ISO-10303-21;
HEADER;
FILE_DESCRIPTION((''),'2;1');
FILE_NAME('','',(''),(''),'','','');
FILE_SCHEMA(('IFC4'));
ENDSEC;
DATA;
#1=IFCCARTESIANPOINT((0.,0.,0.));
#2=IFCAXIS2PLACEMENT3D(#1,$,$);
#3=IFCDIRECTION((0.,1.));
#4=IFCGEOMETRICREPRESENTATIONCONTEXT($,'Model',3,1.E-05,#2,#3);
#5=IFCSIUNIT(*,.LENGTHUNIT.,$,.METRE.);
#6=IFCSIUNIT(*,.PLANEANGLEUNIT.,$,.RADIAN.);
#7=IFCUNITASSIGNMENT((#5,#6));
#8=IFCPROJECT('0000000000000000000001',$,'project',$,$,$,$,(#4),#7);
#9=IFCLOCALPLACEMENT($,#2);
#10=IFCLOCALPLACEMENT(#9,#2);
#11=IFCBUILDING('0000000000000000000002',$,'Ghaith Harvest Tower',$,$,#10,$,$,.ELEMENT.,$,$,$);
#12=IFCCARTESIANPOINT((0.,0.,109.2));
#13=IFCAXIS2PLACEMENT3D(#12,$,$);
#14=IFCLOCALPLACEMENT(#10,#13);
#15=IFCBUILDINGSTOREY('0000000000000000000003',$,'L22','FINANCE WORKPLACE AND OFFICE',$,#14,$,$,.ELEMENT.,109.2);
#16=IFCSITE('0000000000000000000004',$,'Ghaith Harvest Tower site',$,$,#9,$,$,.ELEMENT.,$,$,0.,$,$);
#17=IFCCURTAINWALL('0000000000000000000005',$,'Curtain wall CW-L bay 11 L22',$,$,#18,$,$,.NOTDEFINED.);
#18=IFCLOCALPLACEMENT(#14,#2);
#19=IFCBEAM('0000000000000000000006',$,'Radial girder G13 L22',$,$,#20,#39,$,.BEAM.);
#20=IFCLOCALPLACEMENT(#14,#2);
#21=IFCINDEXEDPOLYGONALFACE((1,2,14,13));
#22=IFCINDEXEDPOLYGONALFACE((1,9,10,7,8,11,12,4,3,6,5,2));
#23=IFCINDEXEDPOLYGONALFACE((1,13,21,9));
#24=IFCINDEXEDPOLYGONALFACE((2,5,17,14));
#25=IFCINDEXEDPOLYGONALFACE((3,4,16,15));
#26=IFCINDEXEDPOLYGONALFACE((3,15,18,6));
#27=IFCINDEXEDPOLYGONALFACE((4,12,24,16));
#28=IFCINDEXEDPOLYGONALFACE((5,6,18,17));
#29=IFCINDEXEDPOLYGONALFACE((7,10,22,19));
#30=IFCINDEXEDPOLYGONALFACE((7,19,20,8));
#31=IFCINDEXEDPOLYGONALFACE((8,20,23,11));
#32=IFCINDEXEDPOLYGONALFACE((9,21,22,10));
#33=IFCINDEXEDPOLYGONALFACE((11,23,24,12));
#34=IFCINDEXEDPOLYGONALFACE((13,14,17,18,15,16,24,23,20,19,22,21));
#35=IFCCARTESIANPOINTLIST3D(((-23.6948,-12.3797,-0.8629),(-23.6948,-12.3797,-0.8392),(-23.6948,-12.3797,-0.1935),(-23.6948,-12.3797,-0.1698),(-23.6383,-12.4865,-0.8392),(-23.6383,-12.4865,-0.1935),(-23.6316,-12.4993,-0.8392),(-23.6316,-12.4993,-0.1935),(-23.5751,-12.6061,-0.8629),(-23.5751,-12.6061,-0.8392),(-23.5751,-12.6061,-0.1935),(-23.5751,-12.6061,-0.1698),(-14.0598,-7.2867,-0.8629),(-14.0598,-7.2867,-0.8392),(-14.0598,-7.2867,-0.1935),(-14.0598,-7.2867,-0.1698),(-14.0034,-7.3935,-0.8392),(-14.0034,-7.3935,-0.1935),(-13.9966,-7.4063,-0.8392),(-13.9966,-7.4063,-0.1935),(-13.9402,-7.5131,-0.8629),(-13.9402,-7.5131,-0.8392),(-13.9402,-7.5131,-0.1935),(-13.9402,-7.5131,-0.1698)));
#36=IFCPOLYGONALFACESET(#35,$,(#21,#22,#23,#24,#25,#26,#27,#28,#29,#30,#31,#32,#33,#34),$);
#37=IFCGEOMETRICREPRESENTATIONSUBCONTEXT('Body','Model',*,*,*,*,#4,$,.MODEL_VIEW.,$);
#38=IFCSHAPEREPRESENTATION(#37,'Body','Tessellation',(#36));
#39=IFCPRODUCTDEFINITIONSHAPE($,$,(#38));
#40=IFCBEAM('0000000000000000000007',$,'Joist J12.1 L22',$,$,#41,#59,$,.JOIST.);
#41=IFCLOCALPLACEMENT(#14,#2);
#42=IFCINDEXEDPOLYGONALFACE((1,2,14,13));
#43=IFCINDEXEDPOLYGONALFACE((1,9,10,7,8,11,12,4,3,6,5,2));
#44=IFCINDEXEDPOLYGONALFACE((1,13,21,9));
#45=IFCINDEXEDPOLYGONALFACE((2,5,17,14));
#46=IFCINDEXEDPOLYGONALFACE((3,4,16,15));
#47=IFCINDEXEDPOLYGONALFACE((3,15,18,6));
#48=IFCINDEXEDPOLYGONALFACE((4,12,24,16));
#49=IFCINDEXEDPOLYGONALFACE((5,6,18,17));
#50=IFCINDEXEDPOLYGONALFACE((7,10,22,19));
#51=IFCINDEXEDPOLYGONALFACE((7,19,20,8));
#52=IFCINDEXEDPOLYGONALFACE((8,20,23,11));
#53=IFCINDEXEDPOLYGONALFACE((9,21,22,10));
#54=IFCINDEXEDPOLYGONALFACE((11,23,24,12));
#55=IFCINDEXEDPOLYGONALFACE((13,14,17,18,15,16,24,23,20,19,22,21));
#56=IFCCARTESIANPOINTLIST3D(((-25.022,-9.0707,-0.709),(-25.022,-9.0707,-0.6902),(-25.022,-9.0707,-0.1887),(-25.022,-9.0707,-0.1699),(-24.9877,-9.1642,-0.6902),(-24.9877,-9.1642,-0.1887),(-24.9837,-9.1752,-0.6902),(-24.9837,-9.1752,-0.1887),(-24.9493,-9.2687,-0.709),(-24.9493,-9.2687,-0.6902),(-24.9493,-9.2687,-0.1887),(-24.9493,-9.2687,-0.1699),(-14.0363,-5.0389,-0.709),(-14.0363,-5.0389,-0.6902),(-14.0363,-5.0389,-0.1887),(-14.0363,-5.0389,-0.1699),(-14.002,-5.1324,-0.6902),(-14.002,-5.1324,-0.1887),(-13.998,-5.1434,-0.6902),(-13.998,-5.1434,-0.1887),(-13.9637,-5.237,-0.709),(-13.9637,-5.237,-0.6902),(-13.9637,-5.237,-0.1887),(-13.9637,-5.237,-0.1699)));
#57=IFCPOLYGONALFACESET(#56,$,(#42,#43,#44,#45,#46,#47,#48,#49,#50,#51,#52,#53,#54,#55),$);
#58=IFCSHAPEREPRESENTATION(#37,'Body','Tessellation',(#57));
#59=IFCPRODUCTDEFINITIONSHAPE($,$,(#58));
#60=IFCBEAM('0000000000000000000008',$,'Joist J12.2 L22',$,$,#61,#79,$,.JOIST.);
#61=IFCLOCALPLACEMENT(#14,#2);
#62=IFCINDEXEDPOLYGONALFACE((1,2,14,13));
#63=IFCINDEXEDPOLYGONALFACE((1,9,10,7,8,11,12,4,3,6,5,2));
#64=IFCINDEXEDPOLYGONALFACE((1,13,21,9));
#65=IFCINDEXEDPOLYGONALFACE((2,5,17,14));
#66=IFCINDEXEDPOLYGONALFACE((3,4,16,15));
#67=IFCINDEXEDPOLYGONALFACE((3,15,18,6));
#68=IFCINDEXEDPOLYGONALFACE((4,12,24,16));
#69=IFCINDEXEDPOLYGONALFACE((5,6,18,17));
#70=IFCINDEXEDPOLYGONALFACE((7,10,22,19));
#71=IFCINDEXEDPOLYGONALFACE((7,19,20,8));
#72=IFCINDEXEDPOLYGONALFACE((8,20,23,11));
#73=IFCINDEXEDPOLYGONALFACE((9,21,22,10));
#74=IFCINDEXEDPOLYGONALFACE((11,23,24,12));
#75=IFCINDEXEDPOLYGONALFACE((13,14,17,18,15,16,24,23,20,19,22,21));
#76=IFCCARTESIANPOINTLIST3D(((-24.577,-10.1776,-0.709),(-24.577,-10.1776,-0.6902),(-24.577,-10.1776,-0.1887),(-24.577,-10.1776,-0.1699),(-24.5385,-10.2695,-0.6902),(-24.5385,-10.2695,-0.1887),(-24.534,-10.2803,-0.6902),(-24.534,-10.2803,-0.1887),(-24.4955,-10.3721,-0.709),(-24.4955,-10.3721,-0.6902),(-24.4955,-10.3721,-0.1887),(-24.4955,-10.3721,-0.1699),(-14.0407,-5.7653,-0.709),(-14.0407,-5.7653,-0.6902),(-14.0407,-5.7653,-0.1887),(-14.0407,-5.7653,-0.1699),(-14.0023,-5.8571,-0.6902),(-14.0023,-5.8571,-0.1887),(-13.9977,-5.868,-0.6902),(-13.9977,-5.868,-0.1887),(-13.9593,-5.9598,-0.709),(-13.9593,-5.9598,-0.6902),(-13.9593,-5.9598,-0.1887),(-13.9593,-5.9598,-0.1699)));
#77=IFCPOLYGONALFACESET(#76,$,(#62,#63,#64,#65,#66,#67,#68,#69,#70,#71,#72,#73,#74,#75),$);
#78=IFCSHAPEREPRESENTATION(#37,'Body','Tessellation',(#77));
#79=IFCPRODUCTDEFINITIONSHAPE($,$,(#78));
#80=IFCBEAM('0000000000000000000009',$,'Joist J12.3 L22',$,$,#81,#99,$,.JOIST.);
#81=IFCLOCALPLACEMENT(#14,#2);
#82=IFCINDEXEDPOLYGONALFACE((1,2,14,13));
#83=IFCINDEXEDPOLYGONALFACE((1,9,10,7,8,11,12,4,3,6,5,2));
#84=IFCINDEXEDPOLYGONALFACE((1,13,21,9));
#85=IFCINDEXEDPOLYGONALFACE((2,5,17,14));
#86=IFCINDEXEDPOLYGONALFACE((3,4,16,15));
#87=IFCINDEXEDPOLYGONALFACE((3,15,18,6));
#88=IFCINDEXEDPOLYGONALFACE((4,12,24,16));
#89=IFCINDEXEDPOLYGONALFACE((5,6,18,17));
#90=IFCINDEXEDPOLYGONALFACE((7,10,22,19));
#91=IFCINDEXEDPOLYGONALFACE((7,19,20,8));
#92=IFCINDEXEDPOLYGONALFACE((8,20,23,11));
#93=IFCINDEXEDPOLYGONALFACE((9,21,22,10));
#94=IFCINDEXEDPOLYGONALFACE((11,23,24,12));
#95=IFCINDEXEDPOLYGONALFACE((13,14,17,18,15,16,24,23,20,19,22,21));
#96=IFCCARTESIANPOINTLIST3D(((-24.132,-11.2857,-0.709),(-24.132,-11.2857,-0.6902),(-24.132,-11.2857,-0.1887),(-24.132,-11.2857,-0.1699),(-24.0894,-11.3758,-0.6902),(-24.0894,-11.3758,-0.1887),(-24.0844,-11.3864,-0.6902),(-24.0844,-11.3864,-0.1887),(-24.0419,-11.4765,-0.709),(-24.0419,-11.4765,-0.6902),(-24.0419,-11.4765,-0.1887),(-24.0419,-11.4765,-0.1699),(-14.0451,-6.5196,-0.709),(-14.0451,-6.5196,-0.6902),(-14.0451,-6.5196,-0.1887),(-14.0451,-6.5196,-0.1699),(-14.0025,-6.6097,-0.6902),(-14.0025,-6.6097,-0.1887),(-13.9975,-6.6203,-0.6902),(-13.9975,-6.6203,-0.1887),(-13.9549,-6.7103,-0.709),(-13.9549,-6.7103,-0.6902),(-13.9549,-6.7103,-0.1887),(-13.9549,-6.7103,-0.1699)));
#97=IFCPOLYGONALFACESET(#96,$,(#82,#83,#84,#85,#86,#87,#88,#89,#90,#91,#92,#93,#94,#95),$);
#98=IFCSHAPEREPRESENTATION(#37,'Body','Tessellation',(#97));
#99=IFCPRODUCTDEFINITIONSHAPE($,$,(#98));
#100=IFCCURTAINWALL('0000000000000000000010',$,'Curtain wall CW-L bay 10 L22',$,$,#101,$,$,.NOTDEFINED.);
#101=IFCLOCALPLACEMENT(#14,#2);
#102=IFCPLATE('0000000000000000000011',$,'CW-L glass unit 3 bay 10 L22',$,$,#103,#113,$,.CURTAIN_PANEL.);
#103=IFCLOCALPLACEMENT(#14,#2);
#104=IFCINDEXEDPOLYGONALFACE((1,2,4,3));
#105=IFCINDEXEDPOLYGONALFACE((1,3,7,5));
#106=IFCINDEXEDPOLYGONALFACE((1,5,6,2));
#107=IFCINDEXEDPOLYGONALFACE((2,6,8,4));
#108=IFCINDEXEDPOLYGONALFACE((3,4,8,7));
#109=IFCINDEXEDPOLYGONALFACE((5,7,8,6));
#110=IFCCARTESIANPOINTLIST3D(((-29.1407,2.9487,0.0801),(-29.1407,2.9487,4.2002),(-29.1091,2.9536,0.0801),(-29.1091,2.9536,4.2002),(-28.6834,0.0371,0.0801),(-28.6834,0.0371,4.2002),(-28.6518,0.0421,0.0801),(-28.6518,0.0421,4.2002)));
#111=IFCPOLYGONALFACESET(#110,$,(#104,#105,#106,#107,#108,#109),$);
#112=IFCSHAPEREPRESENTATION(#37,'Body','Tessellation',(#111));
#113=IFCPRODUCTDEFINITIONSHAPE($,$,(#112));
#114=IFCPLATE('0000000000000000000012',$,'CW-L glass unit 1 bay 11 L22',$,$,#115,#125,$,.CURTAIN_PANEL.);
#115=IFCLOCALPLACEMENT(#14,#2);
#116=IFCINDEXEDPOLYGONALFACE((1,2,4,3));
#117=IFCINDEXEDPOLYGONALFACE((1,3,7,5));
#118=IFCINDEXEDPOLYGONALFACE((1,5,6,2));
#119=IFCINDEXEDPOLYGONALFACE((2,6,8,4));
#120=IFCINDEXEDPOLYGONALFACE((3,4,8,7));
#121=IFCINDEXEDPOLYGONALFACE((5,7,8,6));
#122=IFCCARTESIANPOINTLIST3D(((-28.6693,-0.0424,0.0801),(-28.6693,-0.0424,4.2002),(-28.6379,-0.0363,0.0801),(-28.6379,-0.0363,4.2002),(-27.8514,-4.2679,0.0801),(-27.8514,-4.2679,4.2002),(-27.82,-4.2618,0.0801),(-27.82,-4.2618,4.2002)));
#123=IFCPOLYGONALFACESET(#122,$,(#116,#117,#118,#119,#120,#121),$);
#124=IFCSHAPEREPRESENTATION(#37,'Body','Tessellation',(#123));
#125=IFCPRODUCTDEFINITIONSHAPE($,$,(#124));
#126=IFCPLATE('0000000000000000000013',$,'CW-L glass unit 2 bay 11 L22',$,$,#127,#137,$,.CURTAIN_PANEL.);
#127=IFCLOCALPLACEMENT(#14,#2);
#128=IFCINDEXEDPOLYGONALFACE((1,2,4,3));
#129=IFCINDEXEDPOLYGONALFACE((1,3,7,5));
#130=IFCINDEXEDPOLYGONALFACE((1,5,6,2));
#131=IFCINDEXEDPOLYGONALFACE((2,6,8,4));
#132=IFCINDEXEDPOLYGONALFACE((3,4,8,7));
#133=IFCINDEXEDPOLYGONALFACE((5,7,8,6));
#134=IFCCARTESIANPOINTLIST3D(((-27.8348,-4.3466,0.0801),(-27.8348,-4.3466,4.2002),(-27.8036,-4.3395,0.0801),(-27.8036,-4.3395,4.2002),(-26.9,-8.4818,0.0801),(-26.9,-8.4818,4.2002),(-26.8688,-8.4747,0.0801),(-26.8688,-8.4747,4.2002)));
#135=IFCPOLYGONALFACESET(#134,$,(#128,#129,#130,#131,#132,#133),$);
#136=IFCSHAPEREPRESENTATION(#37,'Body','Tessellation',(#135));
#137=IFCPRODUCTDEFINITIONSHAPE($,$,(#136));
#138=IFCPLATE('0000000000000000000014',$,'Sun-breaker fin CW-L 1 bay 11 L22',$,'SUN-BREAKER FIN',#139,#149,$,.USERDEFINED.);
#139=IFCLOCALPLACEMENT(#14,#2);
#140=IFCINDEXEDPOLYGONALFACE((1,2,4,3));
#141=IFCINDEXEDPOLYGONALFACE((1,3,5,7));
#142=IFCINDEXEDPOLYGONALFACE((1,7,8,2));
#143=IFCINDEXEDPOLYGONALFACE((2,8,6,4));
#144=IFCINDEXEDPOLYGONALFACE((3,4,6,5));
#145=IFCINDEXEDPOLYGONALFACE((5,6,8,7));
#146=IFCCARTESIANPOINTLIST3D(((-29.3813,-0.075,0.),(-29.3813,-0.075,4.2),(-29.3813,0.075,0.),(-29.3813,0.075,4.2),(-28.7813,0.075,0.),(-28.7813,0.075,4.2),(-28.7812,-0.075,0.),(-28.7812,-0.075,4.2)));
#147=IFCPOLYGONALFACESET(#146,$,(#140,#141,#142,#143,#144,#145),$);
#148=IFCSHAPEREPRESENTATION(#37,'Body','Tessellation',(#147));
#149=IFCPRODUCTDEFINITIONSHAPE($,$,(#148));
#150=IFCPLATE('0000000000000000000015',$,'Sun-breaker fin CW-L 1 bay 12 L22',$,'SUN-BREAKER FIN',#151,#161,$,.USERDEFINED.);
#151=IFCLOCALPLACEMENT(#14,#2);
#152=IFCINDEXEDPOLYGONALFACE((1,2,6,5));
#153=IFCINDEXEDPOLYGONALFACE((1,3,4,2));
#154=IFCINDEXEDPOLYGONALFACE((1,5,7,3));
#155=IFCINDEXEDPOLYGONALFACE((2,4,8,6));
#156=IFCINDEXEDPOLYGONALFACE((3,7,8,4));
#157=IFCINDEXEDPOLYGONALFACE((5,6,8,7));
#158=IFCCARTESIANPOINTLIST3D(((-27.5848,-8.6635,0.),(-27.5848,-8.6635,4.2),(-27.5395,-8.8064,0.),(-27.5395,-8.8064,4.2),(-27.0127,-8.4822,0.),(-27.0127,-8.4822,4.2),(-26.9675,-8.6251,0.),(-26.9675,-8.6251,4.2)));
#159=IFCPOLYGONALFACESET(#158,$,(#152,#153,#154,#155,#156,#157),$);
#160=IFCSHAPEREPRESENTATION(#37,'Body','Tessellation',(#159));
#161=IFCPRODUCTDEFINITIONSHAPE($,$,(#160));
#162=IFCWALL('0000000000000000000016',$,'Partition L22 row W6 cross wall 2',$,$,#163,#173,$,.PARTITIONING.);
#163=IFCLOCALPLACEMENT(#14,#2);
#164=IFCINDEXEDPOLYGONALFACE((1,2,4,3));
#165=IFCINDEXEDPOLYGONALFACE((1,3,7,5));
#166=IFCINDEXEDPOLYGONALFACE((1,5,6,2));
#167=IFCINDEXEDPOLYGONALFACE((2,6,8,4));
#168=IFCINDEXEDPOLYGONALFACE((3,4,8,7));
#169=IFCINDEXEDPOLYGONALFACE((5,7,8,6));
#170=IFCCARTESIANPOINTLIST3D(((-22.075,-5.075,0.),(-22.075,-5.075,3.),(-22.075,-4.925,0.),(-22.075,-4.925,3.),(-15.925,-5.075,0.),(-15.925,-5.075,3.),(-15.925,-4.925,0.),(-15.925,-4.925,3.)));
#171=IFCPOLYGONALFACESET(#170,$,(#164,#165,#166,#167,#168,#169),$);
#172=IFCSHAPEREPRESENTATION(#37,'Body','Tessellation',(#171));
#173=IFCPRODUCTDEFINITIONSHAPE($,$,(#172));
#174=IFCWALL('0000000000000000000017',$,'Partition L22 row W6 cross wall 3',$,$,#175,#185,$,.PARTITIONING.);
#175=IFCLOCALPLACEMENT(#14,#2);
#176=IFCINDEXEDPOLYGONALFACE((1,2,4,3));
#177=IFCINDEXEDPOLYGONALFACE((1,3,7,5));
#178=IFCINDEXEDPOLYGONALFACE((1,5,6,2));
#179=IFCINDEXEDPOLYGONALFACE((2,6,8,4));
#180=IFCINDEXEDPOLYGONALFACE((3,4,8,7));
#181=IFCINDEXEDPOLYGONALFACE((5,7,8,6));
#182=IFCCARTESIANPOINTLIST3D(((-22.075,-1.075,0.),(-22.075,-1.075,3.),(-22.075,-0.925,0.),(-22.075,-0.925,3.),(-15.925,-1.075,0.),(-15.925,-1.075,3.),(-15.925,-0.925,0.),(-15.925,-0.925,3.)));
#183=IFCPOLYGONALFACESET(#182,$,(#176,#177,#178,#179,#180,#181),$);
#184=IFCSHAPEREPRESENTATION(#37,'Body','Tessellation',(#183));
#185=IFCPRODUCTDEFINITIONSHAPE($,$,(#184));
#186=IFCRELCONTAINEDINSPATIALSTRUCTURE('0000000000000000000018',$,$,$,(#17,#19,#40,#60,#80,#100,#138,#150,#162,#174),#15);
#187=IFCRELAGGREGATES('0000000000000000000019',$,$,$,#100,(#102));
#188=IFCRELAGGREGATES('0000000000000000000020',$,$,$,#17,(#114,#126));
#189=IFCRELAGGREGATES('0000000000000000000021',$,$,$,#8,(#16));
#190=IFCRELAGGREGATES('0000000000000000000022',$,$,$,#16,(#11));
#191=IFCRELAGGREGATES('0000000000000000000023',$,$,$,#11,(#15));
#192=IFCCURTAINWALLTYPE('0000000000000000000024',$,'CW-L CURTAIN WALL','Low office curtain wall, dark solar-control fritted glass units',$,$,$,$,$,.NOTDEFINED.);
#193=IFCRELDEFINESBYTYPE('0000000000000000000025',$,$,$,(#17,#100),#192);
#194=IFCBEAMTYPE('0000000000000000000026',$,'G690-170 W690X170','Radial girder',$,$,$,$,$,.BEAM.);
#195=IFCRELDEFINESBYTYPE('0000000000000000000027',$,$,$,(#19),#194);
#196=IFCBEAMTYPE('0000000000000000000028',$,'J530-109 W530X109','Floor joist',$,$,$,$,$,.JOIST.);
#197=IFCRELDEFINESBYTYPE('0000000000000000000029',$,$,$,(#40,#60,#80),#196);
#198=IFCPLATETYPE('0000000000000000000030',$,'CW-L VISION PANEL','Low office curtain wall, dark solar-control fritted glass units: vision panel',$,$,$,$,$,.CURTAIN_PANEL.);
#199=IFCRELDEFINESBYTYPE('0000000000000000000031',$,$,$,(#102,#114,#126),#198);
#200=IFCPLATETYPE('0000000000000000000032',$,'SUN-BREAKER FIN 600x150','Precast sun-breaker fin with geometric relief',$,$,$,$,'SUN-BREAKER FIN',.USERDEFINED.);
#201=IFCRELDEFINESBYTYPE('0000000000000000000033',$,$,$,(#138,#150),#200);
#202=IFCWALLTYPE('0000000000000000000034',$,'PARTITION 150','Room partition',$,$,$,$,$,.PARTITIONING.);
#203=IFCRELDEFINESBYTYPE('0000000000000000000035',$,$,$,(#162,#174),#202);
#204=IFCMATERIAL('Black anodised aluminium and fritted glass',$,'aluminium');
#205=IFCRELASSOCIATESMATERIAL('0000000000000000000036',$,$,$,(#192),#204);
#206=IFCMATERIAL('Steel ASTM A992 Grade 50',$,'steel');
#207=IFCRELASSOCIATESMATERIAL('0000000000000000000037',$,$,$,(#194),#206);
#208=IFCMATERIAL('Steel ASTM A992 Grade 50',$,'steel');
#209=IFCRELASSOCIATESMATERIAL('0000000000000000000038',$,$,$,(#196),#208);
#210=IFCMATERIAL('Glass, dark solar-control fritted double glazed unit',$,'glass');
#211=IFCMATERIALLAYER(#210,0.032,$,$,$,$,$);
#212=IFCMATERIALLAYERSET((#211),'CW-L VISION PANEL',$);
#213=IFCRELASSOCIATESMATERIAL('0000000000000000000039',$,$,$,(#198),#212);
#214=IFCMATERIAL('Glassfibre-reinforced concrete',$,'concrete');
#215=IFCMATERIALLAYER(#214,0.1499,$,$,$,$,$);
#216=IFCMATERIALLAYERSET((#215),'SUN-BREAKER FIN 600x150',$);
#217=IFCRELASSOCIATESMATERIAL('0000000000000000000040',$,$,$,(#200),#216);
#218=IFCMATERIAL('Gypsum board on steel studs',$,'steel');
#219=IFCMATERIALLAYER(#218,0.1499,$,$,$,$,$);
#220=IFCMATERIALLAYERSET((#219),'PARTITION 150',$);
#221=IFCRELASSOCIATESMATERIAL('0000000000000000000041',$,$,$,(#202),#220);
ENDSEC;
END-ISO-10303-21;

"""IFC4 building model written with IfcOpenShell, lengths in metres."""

from ifc_helpers import new_model, si_unit, direction, frame, frame_2d, origin, origin_2d, place, context, subcontext, project, spatial, rectangle, i_section, extrude, material, layer, layer_set, material_profile, profile_set, type_object, element, aggregate, save


model = new_model("IFC4")

# Units and contexts
model_context = context("Model", 3, precision=1e-05, world=origin(), true_north=direction((0.0, 1.0)))
body_context = subcontext(model_context, "Body", "Model", "MODEL_VIEW")
ifc_project = project(units=[si_unit("LENGTHUNIT", "METRE"), si_unit("PLANEANGLEUNIT", "RADIAN")], contexts=[model_context])

# Site, building, storey
site_placement = place(None, origin())
site = spatial("IfcSite", under=ifc_project, at=site_placement, Name="Ghaith Harvest Tower site", CompositionType="ELEMENT", RefElevation=0.0)
building_placement = place(site_placement, origin())
building = spatial("IfcBuilding", under=site, at=building_placement, Name="Ghaith Harvest Tower", CompositionType="ELEMENT")
storey_placement = place(building_placement, frame((0.0, 0.0, 109.2)))
storey = spatial("IfcBuildingStorey", under=building, at=storey_placement, Name="L22", Description="FINANCE WORKPLACE AND OFFICE", CompositionType="ELEMENT", Elevation=109.2)

# Curtain wall
ifc_material_1 = material(Name="Black anodised aluminium and fritted glass", Category="aluminium")
curtain_wall_type = type_object("IfcCurtainWallType", Name="CW-L CURTAIN WALL", Description="Low office curtain wall, dark solar-control fritted glass units", PredefinedType="NOTDEFINED", material=ifc_material_1)
curtain_wall_1_placement = place(storey_placement, origin())
curtain_wall_1 = element("IfcCurtainWall", 1, at=curtain_wall_1_placement, inside=storey, type_object=curtain_wall_type, Name="Curtain wall CW-L bay 11 L22", PredefinedType="NOTDEFINED")

# Beams
ifc_material_2 = material(Name="Steel ASTM A992 Grade 50", Category="steel")
ifc_material_profile_1 = material_profile(ifc_material_2, i_section(OverallWidth=0.2561, OverallDepth=0.6931, WebThickness=0.0144, FlangeThickness=0.0237, at=origin_2d()), Name="W690X170")
ifc_profile_set_1 = profile_set([ifc_material_profile_1], Name="Steel ASTM A992 Grade 50")
beam_type_1 = type_object("IfcBeamType", Name="G690-170 W690X170", Description="Radial girder", PredefinedType="BEAM", material=ifc_profile_set_1)
beam_1_placement = place(storey_placement, frame((-14.0, -7.3999, -0.5164), z_axis=(-0.884086, -0.467324, 0.0), x_axis=(0.467324, -0.884086, 0.0)))
element("IfcBeam", 2, at=beam_1_placement, inside=storey, type_object=beam_type_1, Name="Radial girder G13 L22", PredefinedType="BEAM", context=body_context, shape_type="SweptSolid", body=[
    extrude(i_section(OverallWidth=0.2561, OverallDepth=0.6931, WebThickness=0.0144, FlangeThickness=0.0237, at=origin_2d()), origin(), (0.0, 0.0, 1.0), 10.8982),
])
ifc_material_3 = material(Name="Steel ASTM A992 Grade 50", Category="steel")
ifc_material_profile_2 = material_profile(ifc_material_3, i_section(OverallWidth=0.2109, OverallDepth=0.5391, WebThickness=0.0117, FlangeThickness=0.0188, at=origin_2d()), Name="W530X109")
ifc_profile_set_2 = profile_set([ifc_material_profile_2], Name="Steel ASTM A992 Grade 50")
beam_type_2 = type_object("IfcBeamType", Name="J530-109 W530X109", Description="Floor joist", PredefinedType="JOIST", material=ifc_profile_set_2)
beam_2_placement = place(storey_placement, frame((-14.0, -5.1379, -0.4395), z_axis=(-0.938774, -0.344532, 0.0), x_axis=(0.344532, -0.938774, 0.0)))
element("IfcBeam", 3, at=beam_2_placement, inside=storey, type_object=beam_type_2, Name="Joist J12.1 L22", PredefinedType="JOIST", context=body_context, shape_type="SweptSolid", body=[
    extrude(i_section(OverallWidth=0.2109, OverallDepth=0.5391, WebThickness=0.0117, FlangeThickness=0.0188, at=origin_2d()), origin(), (0.0, 0.0, 1.0), 11.7021),
])
beam_3_placement = place(storey_placement, frame((-14.0, -5.8625, -0.4395), z_axis=(-0.922386, -0.38627, 0.0), x_axis=(0.38627, -0.922386, 0.0)))
element("IfcBeam", 4, at=beam_3_placement, inside=storey, type_object=beam_type_2, Name="Joist J12.2 L22", PredefinedType="JOIST", context=body_context, shape_type="SweptSolid", body=[
    extrude(i_section(OverallWidth=0.2109, OverallDepth=0.5391, WebThickness=0.0117, FlangeThickness=0.0188, at=origin_2d()), origin(), (0.0, 0.0, 1.0), 11.4229),
])
beam_4_placement = place(storey_placement, frame((-14.0, -6.615, -0.4395), z_axis=(-0.90415, -0.427215, 0.0), x_axis=(0.427215, -0.90415, 0.0)))
element("IfcBeam", 5, at=beam_4_placement, inside=storey, type_object=beam_type_2, Name="Joist J12.3 L22", PredefinedType="JOIST", context=body_context, shape_type="SweptSolid", body=[
    extrude(i_section(OverallWidth=0.2109, OverallDepth=0.5391, WebThickness=0.0117, FlangeThickness=0.0188, at=origin_2d()), origin(), (0.0, 0.0, 1.0), 11.1562),
])

# Curtain wall, plate
curtain_wall_2_placement = place(storey_placement, origin())
curtain_wall_2 = element("IfcCurtainWall", 6, at=curtain_wall_2_placement, inside=storey, type_object=curtain_wall_type, Name="Curtain wall CW-L bay 10 L22", PredefinedType="NOTDEFINED")
ifc_material_4 = material(Name="Glass, dark solar-control fritted double glazed unit", Category="glass")
ifc_layer_1 = layer(ifc_material_4, 0.032)
ifc_layer_set_1 = layer_set([ifc_layer_1], Name="CW-L VISION PANEL")
plate_type_1 = type_object("IfcPlateType", Name="CW-L VISION PANEL", Description="Low office curtain wall, dark solar-control fritted glass units: vision panel", PredefinedType="CURTAIN_PANEL", material=ifc_layer_set_1)
plate_1_placement = place(storey_placement, frame((-28.8962, 1.4954, 0.0801), z_axis=(0.0, 0.0, 1.0), x_axis=(0.155172, -0.987887, 0.0)))
plate_1 = element("IfcPlate", 7, at=plate_1_placement, type_object=plate_type_1, Name="CW-L glass unit 3 bay 10 L22", PredefinedType="CURTAIN_PANEL", context=body_context, shape_type="SweptSolid", body=[
    extrude(rectangle(XDim=2.9473, YDim=0.032, at=origin_2d()), origin(), (0.0, 0.0, 1.0), 4.1201),
])
aggregate(curtain_wall_2, [plate_1])

# Plates
plate_2_placement = place(storey_placement, frame((-28.2446, -2.1521, 0.0801), z_axis=(0.0, 0.0, 1.0), x_axis=(0.190045, -0.981775, 0.0)))
plate_2 = element("IfcPlate", 8, at=plate_2_placement, type_object=plate_type_1, Name="CW-L glass unit 1 bay 11 L22", PredefinedType="CURTAIN_PANEL", context=body_context, shape_type="SweptSolid", body=[
    extrude(rectangle(XDim=4.304, YDim=0.032, at=origin_2d()), origin(), (0.0, 0.0, 1.0), 4.1201),
])
plate_3_placement = place(storey_placement, frame((-27.3518, -6.4106, 0.0801), z_axis=(0.0, 0.0, 1.0), x_axis=(0.220483, -0.975391, 0.0)))
plate_3 = element("IfcPlate", 9, at=plate_3_placement, type_object=plate_type_1, Name="CW-L glass unit 2 bay 11 L22", PredefinedType="CURTAIN_PANEL", context=body_context, shape_type="SweptSolid", body=[
    extrude(rectangle(XDim=4.2395, YDim=0.032, at=origin_2d()), origin(), (0.0, 0.0, 1.0), 4.1201),
])
aggregate(curtain_wall_1, [plate_2, plate_3])

# Plates
ifc_material_5 = material(Name="Glassfibre-reinforced concrete", Category="concrete")
ifc_layer_2 = layer(ifc_material_5, 0.1499)
ifc_layer_set_2 = layer_set([ifc_layer_2], Name="SUN-BREAKER FIN 600x150")
plate_type_2 = type_object("IfcPlateType", Name="SUN-BREAKER FIN 600x150", Description="Precast sun-breaker fin with geometric relief", ElementType="SUN-BREAKER FIN", PredefinedType="USERDEFINED", material=ifc_layer_set_2)
for number, where, z_axis, x_axis, name in (
    (10, (-29.0813, 0.0, 0.0), (0.0, 0.0, 1.0), (-1.0, 0.0, 0.0), "Sun-breaker fin CW-L 1 bay 11 L22"),
    (11, (-27.2761, -8.6443, 0.0), (0.0, 0.0, 1.0), (-0.953273, -0.30211, 0.0), "Sun-breaker fin CW-L 1 bay 12 L22"),
):
    element("IfcPlate", number, at=place(storey_placement, frame(where, z_axis=z_axis, x_axis=x_axis)), inside=storey, type_object=plate_type_2, Name=name, ObjectType="SUN-BREAKER FIN", PredefinedType="USERDEFINED", context=body_context, shape_type="SweptSolid", body=[
        extrude(rectangle(XDim=0.6001, YDim=0.1499, at=origin_2d()), origin(), (0.0, 0.0, 1.0), 4.2),
    ])

# Walls
ifc_material_6 = material(Name="Gypsum board on steel studs", Category="steel")
ifc_layer_3 = layer(ifc_material_6, 0.1499)
ifc_layer_set_3 = layer_set([ifc_layer_3], Name="PARTITION 150")
wall_type = type_object("IfcWallType", Name="PARTITION 150", Description="Room partition", PredefinedType="PARTITIONING", material=ifc_layer_set_3)
for number, where, z_axis, x_axis, name in (
    (12, (-15.925, -5.0, 0.0), (0.0, 0.0, 1.0), (-1.0, 0.0, 0.0), "Partition L22 row W6 cross wall 2"),
    (13, (-15.925, -1.0, 0.0), (0.0, 0.0, 1.0), (-1.0, 0.0, 0.0), "Partition L22 row W6 cross wall 3"),
):
    element("IfcWall", number, at=place(storey_placement, frame(where, z_axis=z_axis, x_axis=x_axis)), inside=storey, type_object=wall_type, Name=name, PredefinedType="PARTITIONING", context=body_context, shape_type="SweptSolid", body=[
        extrude(rectangle(XDim=6.1499, YDim=0.1499, at=frame_2d((3.075, 0.0))), origin(), (0.0, 0.0, 1.0), 3.0),
    ])

save(model, "model.ifc")
